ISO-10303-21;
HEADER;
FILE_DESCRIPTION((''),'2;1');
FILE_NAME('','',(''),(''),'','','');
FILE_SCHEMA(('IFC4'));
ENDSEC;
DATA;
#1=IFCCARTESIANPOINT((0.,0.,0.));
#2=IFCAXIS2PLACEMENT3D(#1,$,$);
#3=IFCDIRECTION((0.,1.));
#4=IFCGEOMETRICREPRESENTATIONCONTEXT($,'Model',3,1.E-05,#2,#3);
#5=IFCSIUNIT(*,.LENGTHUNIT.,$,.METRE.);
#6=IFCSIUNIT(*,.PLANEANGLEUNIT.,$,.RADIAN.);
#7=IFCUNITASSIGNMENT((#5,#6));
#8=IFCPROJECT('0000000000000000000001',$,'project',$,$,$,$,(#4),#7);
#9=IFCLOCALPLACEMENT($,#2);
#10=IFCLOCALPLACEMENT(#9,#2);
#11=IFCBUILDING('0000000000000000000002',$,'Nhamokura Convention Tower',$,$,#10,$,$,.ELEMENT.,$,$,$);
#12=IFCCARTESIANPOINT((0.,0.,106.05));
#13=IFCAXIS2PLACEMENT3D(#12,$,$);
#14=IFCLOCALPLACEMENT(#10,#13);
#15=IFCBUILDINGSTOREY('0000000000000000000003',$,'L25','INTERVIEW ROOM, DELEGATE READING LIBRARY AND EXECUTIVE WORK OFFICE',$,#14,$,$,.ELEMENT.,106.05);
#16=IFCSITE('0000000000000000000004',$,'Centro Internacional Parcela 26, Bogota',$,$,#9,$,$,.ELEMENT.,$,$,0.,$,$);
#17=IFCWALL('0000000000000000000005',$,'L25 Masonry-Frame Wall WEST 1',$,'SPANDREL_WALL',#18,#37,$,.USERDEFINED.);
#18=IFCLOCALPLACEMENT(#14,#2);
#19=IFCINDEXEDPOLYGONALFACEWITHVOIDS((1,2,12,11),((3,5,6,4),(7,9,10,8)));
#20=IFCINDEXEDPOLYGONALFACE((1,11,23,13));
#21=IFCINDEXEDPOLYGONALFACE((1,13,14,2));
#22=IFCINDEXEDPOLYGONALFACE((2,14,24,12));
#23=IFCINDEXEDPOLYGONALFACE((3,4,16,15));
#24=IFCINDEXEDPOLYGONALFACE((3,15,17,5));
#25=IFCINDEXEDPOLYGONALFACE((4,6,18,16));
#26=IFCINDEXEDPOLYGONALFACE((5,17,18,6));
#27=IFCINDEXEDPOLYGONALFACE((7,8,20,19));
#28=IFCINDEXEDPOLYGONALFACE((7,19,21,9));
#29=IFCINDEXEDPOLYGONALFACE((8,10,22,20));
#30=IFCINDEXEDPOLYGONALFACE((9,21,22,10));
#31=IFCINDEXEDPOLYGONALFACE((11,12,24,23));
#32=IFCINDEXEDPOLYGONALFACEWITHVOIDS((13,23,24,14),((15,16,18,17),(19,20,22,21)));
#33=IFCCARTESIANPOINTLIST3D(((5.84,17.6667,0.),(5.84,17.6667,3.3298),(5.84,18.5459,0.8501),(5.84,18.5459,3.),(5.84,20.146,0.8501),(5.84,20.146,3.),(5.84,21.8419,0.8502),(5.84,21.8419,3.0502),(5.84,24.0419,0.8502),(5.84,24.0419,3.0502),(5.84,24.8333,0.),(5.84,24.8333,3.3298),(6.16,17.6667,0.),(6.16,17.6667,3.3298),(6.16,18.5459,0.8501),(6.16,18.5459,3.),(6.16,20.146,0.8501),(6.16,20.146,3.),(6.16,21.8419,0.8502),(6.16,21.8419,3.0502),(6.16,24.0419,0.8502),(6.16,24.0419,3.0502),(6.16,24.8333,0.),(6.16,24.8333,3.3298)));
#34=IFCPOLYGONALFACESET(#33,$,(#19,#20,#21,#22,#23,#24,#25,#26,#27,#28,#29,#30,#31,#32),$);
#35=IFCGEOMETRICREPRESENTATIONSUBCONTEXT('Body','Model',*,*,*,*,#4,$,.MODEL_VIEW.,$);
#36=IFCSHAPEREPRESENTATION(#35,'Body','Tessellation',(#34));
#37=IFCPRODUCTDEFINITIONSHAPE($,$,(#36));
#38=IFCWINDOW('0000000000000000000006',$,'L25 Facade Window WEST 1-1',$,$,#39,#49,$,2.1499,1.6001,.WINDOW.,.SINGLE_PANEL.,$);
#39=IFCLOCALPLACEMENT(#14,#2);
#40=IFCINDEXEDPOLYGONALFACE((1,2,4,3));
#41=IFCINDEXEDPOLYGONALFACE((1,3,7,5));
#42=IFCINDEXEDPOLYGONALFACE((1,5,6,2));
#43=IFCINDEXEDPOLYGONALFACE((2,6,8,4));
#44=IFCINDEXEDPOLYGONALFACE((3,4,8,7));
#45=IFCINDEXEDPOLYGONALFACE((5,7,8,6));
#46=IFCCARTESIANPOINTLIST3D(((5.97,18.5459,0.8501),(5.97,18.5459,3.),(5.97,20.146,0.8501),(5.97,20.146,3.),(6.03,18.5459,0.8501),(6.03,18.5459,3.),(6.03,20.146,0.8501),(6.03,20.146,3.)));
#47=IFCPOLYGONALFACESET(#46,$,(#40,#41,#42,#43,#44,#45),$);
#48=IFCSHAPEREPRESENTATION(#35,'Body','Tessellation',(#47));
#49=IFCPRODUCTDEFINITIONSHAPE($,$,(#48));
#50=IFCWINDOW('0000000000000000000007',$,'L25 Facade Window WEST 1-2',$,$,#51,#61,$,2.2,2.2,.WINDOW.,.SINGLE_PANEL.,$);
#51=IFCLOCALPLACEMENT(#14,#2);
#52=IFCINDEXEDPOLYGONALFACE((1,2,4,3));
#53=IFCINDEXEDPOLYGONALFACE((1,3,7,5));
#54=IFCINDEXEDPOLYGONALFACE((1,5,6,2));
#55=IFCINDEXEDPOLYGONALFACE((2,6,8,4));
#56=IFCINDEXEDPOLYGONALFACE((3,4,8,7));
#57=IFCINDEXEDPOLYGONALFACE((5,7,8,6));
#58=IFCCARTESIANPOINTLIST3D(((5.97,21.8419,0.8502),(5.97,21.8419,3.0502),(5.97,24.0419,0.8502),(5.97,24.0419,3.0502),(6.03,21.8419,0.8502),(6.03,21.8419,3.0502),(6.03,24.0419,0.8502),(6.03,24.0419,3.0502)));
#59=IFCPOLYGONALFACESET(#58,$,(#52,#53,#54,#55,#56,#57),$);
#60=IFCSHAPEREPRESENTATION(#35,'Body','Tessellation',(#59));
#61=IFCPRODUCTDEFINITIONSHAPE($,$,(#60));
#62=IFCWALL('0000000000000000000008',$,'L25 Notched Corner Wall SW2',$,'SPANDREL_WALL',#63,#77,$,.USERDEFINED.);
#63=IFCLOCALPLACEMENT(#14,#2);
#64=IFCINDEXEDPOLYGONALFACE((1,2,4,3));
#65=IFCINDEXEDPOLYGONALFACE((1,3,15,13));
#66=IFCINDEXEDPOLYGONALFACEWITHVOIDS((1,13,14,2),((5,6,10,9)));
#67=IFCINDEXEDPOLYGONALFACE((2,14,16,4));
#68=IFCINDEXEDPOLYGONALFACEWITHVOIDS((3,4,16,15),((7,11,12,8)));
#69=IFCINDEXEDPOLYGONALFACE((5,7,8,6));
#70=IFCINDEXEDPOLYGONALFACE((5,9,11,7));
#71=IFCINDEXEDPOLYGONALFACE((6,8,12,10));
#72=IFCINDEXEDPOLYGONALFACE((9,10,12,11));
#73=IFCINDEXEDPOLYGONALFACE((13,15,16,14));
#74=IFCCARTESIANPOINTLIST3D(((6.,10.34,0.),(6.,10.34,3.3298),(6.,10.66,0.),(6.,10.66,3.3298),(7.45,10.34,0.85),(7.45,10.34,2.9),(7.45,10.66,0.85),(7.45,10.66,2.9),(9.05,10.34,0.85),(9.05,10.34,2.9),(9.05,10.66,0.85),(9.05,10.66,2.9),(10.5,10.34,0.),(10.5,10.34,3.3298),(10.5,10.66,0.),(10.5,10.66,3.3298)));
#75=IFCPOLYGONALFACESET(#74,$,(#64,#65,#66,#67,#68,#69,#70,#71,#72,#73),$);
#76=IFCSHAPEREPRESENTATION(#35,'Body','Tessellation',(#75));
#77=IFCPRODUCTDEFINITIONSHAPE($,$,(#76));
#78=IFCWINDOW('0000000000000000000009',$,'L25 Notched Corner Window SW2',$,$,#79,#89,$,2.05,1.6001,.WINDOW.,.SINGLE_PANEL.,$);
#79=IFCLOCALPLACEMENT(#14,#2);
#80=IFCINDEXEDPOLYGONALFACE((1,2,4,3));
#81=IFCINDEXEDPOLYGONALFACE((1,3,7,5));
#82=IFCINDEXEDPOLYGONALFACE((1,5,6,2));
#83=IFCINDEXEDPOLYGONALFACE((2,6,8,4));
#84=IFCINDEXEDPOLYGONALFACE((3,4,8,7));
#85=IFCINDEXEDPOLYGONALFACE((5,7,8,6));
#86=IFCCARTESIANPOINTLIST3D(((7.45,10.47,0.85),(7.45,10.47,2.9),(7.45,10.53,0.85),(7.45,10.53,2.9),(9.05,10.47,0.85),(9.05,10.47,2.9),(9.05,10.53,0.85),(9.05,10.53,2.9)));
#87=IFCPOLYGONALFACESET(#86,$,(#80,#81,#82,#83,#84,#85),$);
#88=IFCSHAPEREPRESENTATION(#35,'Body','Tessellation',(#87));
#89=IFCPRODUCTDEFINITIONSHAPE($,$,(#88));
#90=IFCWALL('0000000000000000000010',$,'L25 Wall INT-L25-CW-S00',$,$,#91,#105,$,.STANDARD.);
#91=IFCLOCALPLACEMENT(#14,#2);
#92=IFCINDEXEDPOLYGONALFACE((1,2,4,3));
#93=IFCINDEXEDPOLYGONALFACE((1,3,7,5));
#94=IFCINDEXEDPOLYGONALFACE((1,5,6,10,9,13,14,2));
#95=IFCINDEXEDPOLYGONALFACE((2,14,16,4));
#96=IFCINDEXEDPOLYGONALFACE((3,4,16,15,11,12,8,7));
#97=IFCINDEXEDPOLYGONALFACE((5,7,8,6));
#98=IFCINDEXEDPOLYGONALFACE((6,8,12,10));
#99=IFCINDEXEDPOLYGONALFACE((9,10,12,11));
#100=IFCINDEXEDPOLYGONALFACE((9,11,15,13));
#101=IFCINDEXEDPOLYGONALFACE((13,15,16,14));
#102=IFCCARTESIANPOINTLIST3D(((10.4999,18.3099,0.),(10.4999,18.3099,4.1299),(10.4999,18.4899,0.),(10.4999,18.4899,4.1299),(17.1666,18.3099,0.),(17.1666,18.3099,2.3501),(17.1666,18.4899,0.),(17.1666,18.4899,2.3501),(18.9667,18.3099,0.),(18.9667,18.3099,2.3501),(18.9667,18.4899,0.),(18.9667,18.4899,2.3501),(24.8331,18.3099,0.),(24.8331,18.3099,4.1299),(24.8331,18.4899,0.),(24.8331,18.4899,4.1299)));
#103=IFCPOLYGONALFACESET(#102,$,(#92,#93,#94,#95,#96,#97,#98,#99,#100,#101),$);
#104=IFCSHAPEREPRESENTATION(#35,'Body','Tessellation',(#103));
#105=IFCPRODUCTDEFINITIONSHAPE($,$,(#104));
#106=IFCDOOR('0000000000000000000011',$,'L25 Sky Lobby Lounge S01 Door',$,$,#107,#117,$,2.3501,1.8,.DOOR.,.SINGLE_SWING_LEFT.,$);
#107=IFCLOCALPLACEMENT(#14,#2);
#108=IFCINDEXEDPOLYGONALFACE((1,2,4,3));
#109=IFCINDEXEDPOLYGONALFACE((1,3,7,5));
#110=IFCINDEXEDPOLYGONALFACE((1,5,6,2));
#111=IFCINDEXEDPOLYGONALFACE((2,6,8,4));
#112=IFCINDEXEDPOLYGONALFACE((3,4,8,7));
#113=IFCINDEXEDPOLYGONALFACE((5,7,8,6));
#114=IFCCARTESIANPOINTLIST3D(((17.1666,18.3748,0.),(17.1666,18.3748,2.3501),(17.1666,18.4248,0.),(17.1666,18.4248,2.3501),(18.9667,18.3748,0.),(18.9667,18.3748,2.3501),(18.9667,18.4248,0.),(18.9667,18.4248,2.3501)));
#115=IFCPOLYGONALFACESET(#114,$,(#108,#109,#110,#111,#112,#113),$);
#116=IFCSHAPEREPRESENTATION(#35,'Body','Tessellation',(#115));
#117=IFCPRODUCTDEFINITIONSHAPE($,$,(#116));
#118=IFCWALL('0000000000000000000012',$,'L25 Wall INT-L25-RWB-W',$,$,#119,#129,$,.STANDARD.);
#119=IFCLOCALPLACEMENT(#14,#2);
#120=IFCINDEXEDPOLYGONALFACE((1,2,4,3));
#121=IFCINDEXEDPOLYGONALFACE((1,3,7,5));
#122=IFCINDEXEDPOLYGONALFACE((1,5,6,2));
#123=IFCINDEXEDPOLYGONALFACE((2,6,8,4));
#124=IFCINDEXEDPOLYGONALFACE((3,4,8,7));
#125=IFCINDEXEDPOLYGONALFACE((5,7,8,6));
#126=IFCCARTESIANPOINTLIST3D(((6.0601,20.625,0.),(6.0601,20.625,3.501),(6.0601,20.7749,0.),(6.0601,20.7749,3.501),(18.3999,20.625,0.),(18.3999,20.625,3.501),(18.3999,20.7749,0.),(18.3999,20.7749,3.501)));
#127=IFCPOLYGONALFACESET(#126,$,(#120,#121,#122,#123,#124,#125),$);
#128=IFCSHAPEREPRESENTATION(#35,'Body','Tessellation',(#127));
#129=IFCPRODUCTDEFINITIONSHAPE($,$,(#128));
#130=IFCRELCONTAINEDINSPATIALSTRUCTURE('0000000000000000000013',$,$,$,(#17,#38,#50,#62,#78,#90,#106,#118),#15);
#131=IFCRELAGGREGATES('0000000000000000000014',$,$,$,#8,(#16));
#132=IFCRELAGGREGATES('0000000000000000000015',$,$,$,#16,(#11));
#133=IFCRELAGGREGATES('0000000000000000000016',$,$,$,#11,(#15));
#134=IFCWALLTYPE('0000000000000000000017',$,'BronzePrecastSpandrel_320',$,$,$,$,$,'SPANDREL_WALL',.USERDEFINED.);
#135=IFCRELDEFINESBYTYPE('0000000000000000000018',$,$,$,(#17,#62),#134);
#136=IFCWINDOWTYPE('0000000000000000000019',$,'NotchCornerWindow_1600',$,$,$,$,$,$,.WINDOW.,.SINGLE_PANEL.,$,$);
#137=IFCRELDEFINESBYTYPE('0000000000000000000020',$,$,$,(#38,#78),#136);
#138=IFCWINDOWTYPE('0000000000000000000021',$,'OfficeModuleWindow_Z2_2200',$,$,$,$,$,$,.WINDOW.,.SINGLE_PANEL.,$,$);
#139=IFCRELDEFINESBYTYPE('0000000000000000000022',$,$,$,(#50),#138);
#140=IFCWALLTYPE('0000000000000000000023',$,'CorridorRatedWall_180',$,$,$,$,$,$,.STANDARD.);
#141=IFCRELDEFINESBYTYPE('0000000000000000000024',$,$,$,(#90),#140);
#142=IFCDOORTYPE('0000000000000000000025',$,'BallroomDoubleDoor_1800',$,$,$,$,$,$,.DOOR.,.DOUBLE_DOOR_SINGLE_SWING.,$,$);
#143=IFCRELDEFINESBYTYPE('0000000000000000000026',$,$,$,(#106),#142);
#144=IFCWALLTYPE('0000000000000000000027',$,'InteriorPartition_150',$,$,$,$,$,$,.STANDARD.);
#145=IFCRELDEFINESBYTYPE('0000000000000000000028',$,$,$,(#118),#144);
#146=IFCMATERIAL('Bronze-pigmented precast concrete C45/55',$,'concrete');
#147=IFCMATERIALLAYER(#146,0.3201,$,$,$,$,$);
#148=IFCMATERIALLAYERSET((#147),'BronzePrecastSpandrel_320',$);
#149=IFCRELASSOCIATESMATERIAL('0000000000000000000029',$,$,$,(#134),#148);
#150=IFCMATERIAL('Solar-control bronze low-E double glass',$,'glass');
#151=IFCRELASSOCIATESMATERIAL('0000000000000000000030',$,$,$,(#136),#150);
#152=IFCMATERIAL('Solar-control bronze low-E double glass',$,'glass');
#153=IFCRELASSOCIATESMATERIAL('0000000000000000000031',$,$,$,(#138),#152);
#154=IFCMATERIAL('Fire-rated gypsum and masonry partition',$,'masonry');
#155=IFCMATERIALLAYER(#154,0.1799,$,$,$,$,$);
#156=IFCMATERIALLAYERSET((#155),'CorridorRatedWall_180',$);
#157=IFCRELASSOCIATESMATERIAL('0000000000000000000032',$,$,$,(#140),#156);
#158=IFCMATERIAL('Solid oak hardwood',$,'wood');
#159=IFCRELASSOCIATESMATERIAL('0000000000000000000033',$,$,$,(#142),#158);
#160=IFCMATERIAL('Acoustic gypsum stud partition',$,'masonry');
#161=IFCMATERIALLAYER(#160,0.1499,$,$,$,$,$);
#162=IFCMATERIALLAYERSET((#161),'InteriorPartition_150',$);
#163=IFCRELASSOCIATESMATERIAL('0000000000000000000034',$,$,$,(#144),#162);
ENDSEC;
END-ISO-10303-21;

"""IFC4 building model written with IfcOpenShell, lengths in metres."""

from ifc_helpers import new_model, si_unit, direction, frame, frame_2d, origin, place, context, subcontext, project, spatial, rectangle, extrude, material, layer, layer_set, type_object, element, fill, save


model = new_model("IFC4")

# Units and contexts
model_context = context("Model", 3, precision=1e-05, world=origin(), true_north=direction((0.0, 1.0)))
body_context = subcontext(model_context, "Body", "Model", "MODEL_VIEW")
ifc_project = project(units=[si_unit("LENGTHUNIT", "METRE"), si_unit("PLANEANGLEUNIT", "RADIAN")], contexts=[model_context])

# Site, building, storey
site_placement = place(None, origin())
site = spatial("IfcSite", under=ifc_project, at=site_placement, Name="Centro Internacional Parcela 26, Bogota", CompositionType="ELEMENT", RefElevation=0.0)
building_placement = place(site_placement, origin())
building = spatial("IfcBuilding", under=site, at=building_placement, Name="Nhamokura Convention Tower", CompositionType="ELEMENT")
storey_placement = place(building_placement, frame((0.0, 0.0, 106.05)))
storey = spatial("IfcBuildingStorey", under=building, at=storey_placement, Name="L25", Description="INTERVIEW ROOM, DELEGATE READING LIBRARY AND EXECUTIVE WORK OFFICE", CompositionType="ELEMENT", Elevation=106.05)

# Wall, openings, windows
ifc_material_1 = material(Name="Bronze-pigmented precast concrete C45/55", Category="concrete")
ifc_layer_1 = layer(ifc_material_1, 0.3201)
ifc_layer_set_1 = layer_set([ifc_layer_1], Name="BronzePrecastSpandrel_320")
wall_type_1 = type_object("IfcWallType", Name="BronzePrecastSpandrel_320", ElementType="SPANDREL_WALL", PredefinedType="USERDEFINED", material=ifc_layer_set_1)
wall_1_placement = place(storey_placement, frame((6.0, 17.6667, 0.0), z_axis=(0.0, 0.0, 1.0), x_axis=(0.0, 1.0, 0.0)))
wall_1 = element("IfcWall", 1, at=wall_1_placement, inside=storey, type_object=wall_type_1, Name="L25 Masonry-Frame Wall WEST 1", ObjectType="SPANDREL_WALL", PredefinedType="USERDEFINED", context=body_context, shape_type="SweptSolid", body=[
    extrude(rectangle(XDim=7.1665, YDim=0.3201, at=frame_2d((3.5833, 0.0))), origin(), (0.0, 0.0, 1.0), 3.3298),
])
opening_1_placement = place(wall_1_placement, frame((0.8792, 0.0, 0.8501)))
opening_1 = element("IfcOpeningElement", 2, at=opening_1_placement, cuts=wall_1, PredefinedType="OPENING", context=body_context, shape_type="SweptSolid", body=[
    extrude(rectangle(XDim=1.6001, YDim=2.1499, at=frame_2d((0.8, 1.075))), frame((0.0, 0.1699, 0.0), z_axis=(0.0, -1.0, 0.0), x_axis=(1.0, 0.0, 0.0)), (0.0, 0.0, 1.0), 0.3401),
])
opening_2_placement = place(wall_1_placement, frame((4.175, 0.0, 0.8501)))
opening_2 = element("IfcOpeningElement", 3, at=opening_2_placement, cuts=wall_1, PredefinedType="OPENING", context=body_context, shape_type="SweptSolid", body=[
    extrude(rectangle(XDim=2.2, YDim=2.2, at=frame_2d((1.1001, 1.1001))), frame((0.0, 0.1699, 0.0), z_axis=(0.0, -1.0, 0.0), x_axis=(1.0, 0.0, 0.0)), (0.0, 0.0, 1.0), 0.3401),
])
ifc_material_2 = material(Name="Solar-control bronze low-E double glass", Category="glass")
window_type_1 = type_object("IfcWindowType", Name="NotchCornerWindow_1600", PartitioningType="SINGLE_PANEL", PredefinedType="WINDOW", material=ifc_material_2)
window_1_placement = place(opening_1_placement, origin())
window_1 = element("IfcWindow", 4, at=window_1_placement, inside=storey, type_object=window_type_1, Name="L25 Facade Window WEST 1-1", OverallHeight=2.1499, OverallWidth=1.6001, PartitioningType="SINGLE_PANEL", PredefinedType="WINDOW", context=body_context, shape_type="SweptSolid", body=[
    extrude(rectangle(XDim=1.6001, YDim=2.1499, at=frame_2d((0.8, 1.075))), frame((0.0, 0.03, 0.0), z_axis=(0.0, -1.0, 0.0), x_axis=(1.0, 0.0, 0.0)), (0.0, 0.0, 1.0), 0.0601),
])
fill(opening_1, window_1)
ifc_material_3 = material(Name="Solar-control bronze low-E double glass", Category="glass")
window_type_2 = type_object("IfcWindowType", Name="OfficeModuleWindow_Z2_2200", PartitioningType="SINGLE_PANEL", PredefinedType="WINDOW", material=ifc_material_3)
window_2_placement = place(opening_2_placement, origin())
window_2 = element("IfcWindow", 5, at=window_2_placement, inside=storey, type_object=window_type_2, Name="L25 Facade Window WEST 1-2", OverallHeight=2.2, OverallWidth=2.2, PartitioningType="SINGLE_PANEL", PredefinedType="WINDOW", context=body_context, shape_type="SweptSolid", body=[
    extrude(rectangle(XDim=2.2, YDim=2.2, at=frame_2d((1.1001, 1.1001))), frame((0.0, 0.03, 0.0), z_axis=(0.0, -1.0, 0.0), x_axis=(1.0, 0.0, 0.0)), (0.0, 0.0, 1.0), 0.0601),
])
fill(opening_2, window_2)

# Wall, opening, window
wall_2_placement = place(storey_placement, frame((10.5, 10.5, 0.0), z_axis=(0.0, 0.0, 1.0), x_axis=(-1.0, 0.0, 0.0)))
wall_2 = element("IfcWall", 6, at=wall_2_placement, inside=storey, type_object=wall_type_1, Name="L25 Notched Corner Wall SW2", ObjectType="SPANDREL_WALL", PredefinedType="USERDEFINED", context=body_context, shape_type="SweptSolid", body=[
    extrude(rectangle(XDim=4.5, YDim=0.3201, at=frame_2d((2.25, 0.0))), origin(), (0.0, 0.0, 1.0), 3.3298),
])
opening_3_placement = place(wall_2_placement, frame((1.45, 0.0, 0.8501)))
opening_3 = element("IfcOpeningElement", 7, at=opening_3_placement, cuts=wall_2, PredefinedType="OPENING", context=body_context, shape_type="SweptSolid", body=[
    extrude(rectangle(XDim=1.6001, YDim=2.05, at=frame_2d((0.8, 1.0249))), frame((0.0, 0.1699, 0.0), z_axis=(0.0, -1.0, 0.0), x_axis=(1.0, 0.0, 0.0)), (0.0, 0.0, 1.0), 0.3401),
])
window_3_placement = place(opening_3_placement, origin())
window_3 = element("IfcWindow", 8, at=window_3_placement, inside=storey, type_object=window_type_1, Name="L25 Notched Corner Window SW2", OverallHeight=2.05, OverallWidth=1.6001, PartitioningType="SINGLE_PANEL", PredefinedType="WINDOW", context=body_context, shape_type="SweptSolid", body=[
    extrude(rectangle(XDim=1.6001, YDim=2.05, at=frame_2d((0.8, 1.0249))), frame((0.0, 0.03, 0.0), z_axis=(0.0, -1.0, 0.0), x_axis=(1.0, 0.0, 0.0)), (0.0, 0.0, 1.0), 0.0601),
])
fill(opening_3, window_3)

# Wall, opening, door
ifc_material_4 = material(Name="Fire-rated gypsum and masonry partition", Category="masonry")
ifc_layer_2 = layer(ifc_material_4, 0.1799)
ifc_layer_set_2 = layer_set([ifc_layer_2], Name="CorridorRatedWall_180")
wall_type_2 = type_object("IfcWallType", Name="CorridorRatedWall_180", PredefinedType="STANDARD", material=ifc_layer_set_2)
wall_3_placement = place(storey_placement, frame((10.5, 18.3999, 0.0), z_axis=(0.0, 0.0, 1.0), x_axis=(1.0, 0.0, 0.0)))
wall_3 = element("IfcWall", 9, at=wall_3_placement, inside=storey, type_object=wall_type_2, Name="L25 Wall INT-L25-CW-S00", PredefinedType="STANDARD", context=body_context, shape_type="SweptSolid", body=[
    extrude(rectangle(XDim=14.3333, YDim=0.1799, at=frame_2d((7.1665, 0.0))), origin(), (0.0, 0.0, 1.0), 4.1299),
])
opening_4_placement = place(wall_3_placement, frame((6.6667, 0.0, 0.0)))
opening_4 = element("IfcOpeningElement", 10, at=opening_4_placement, cuts=wall_3, PredefinedType="OPENING", context=body_context, shape_type="SweptSolid", body=[
    extrude(rectangle(XDim=1.8, YDim=2.3501, at=frame_2d((0.8999, 1.175))), frame((0.0, 0.0999, 0.0), z_axis=(0.0, -1.0, 0.0), x_axis=(1.0, 0.0, 0.0)), (0.0, 0.0, 1.0), 0.2),
])
ifc_material_5 = material(Name="Solid oak hardwood", Category="wood")
door_type = type_object("IfcDoorType", Name="BallroomDoubleDoor_1800", OperationType="DOUBLE_DOOR_SINGLE_SWING", PredefinedType="DOOR", material=ifc_material_5)
door_placement = place(opening_4_placement, origin())
door = element("IfcDoor", 11, at=door_placement, inside=storey, type_object=door_type, Name="L25 Sky Lobby Lounge S01 Door", OperationType="SINGLE_SWING_LEFT", OverallHeight=2.3501, OverallWidth=1.8, PredefinedType="DOOR", context=body_context, shape_type="SweptSolid", body=[
    extrude(rectangle(XDim=1.8, YDim=2.3501, at=frame_2d((0.8999, 1.175))), frame((0.0, 0.0249, 0.0), z_axis=(0.0, -1.0, 0.0), x_axis=(1.0, 0.0, 0.0)), (0.0, 0.0, 1.0), 0.05),
])
fill(opening_4, door)

# Wall
ifc_material_6 = material(Name="Acoustic gypsum stud partition", Category="masonry")
ifc_layer_3 = layer(ifc_material_6, 0.1499)
ifc_layer_set_3 = layer_set([ifc_layer_3], Name="InteriorPartition_150")
wall_type_3 = type_object("IfcWallType", Name="InteriorPartition_150", PredefinedType="STANDARD", material=ifc_layer_set_3)
wall_4_placement = place(storey_placement, frame((6.0601, 20.7, 0.0), z_axis=(0.0, 0.0, 1.0), x_axis=(1.0, 0.0, 0.0)))
element("IfcWall", 12, at=wall_4_placement, inside=storey, type_object=wall_type_3, Name="L25 Wall INT-L25-RWB-W", PredefinedType="STANDARD", context=body_context, shape_type="SweptSolid", body=[
    extrude(rectangle(XDim=12.3398, YDim=0.1499, at=frame_2d((6.1699, 0.0))), origin(), (0.0, 0.0, 1.0), 3.501),
])

save(model, "model.ifc")
